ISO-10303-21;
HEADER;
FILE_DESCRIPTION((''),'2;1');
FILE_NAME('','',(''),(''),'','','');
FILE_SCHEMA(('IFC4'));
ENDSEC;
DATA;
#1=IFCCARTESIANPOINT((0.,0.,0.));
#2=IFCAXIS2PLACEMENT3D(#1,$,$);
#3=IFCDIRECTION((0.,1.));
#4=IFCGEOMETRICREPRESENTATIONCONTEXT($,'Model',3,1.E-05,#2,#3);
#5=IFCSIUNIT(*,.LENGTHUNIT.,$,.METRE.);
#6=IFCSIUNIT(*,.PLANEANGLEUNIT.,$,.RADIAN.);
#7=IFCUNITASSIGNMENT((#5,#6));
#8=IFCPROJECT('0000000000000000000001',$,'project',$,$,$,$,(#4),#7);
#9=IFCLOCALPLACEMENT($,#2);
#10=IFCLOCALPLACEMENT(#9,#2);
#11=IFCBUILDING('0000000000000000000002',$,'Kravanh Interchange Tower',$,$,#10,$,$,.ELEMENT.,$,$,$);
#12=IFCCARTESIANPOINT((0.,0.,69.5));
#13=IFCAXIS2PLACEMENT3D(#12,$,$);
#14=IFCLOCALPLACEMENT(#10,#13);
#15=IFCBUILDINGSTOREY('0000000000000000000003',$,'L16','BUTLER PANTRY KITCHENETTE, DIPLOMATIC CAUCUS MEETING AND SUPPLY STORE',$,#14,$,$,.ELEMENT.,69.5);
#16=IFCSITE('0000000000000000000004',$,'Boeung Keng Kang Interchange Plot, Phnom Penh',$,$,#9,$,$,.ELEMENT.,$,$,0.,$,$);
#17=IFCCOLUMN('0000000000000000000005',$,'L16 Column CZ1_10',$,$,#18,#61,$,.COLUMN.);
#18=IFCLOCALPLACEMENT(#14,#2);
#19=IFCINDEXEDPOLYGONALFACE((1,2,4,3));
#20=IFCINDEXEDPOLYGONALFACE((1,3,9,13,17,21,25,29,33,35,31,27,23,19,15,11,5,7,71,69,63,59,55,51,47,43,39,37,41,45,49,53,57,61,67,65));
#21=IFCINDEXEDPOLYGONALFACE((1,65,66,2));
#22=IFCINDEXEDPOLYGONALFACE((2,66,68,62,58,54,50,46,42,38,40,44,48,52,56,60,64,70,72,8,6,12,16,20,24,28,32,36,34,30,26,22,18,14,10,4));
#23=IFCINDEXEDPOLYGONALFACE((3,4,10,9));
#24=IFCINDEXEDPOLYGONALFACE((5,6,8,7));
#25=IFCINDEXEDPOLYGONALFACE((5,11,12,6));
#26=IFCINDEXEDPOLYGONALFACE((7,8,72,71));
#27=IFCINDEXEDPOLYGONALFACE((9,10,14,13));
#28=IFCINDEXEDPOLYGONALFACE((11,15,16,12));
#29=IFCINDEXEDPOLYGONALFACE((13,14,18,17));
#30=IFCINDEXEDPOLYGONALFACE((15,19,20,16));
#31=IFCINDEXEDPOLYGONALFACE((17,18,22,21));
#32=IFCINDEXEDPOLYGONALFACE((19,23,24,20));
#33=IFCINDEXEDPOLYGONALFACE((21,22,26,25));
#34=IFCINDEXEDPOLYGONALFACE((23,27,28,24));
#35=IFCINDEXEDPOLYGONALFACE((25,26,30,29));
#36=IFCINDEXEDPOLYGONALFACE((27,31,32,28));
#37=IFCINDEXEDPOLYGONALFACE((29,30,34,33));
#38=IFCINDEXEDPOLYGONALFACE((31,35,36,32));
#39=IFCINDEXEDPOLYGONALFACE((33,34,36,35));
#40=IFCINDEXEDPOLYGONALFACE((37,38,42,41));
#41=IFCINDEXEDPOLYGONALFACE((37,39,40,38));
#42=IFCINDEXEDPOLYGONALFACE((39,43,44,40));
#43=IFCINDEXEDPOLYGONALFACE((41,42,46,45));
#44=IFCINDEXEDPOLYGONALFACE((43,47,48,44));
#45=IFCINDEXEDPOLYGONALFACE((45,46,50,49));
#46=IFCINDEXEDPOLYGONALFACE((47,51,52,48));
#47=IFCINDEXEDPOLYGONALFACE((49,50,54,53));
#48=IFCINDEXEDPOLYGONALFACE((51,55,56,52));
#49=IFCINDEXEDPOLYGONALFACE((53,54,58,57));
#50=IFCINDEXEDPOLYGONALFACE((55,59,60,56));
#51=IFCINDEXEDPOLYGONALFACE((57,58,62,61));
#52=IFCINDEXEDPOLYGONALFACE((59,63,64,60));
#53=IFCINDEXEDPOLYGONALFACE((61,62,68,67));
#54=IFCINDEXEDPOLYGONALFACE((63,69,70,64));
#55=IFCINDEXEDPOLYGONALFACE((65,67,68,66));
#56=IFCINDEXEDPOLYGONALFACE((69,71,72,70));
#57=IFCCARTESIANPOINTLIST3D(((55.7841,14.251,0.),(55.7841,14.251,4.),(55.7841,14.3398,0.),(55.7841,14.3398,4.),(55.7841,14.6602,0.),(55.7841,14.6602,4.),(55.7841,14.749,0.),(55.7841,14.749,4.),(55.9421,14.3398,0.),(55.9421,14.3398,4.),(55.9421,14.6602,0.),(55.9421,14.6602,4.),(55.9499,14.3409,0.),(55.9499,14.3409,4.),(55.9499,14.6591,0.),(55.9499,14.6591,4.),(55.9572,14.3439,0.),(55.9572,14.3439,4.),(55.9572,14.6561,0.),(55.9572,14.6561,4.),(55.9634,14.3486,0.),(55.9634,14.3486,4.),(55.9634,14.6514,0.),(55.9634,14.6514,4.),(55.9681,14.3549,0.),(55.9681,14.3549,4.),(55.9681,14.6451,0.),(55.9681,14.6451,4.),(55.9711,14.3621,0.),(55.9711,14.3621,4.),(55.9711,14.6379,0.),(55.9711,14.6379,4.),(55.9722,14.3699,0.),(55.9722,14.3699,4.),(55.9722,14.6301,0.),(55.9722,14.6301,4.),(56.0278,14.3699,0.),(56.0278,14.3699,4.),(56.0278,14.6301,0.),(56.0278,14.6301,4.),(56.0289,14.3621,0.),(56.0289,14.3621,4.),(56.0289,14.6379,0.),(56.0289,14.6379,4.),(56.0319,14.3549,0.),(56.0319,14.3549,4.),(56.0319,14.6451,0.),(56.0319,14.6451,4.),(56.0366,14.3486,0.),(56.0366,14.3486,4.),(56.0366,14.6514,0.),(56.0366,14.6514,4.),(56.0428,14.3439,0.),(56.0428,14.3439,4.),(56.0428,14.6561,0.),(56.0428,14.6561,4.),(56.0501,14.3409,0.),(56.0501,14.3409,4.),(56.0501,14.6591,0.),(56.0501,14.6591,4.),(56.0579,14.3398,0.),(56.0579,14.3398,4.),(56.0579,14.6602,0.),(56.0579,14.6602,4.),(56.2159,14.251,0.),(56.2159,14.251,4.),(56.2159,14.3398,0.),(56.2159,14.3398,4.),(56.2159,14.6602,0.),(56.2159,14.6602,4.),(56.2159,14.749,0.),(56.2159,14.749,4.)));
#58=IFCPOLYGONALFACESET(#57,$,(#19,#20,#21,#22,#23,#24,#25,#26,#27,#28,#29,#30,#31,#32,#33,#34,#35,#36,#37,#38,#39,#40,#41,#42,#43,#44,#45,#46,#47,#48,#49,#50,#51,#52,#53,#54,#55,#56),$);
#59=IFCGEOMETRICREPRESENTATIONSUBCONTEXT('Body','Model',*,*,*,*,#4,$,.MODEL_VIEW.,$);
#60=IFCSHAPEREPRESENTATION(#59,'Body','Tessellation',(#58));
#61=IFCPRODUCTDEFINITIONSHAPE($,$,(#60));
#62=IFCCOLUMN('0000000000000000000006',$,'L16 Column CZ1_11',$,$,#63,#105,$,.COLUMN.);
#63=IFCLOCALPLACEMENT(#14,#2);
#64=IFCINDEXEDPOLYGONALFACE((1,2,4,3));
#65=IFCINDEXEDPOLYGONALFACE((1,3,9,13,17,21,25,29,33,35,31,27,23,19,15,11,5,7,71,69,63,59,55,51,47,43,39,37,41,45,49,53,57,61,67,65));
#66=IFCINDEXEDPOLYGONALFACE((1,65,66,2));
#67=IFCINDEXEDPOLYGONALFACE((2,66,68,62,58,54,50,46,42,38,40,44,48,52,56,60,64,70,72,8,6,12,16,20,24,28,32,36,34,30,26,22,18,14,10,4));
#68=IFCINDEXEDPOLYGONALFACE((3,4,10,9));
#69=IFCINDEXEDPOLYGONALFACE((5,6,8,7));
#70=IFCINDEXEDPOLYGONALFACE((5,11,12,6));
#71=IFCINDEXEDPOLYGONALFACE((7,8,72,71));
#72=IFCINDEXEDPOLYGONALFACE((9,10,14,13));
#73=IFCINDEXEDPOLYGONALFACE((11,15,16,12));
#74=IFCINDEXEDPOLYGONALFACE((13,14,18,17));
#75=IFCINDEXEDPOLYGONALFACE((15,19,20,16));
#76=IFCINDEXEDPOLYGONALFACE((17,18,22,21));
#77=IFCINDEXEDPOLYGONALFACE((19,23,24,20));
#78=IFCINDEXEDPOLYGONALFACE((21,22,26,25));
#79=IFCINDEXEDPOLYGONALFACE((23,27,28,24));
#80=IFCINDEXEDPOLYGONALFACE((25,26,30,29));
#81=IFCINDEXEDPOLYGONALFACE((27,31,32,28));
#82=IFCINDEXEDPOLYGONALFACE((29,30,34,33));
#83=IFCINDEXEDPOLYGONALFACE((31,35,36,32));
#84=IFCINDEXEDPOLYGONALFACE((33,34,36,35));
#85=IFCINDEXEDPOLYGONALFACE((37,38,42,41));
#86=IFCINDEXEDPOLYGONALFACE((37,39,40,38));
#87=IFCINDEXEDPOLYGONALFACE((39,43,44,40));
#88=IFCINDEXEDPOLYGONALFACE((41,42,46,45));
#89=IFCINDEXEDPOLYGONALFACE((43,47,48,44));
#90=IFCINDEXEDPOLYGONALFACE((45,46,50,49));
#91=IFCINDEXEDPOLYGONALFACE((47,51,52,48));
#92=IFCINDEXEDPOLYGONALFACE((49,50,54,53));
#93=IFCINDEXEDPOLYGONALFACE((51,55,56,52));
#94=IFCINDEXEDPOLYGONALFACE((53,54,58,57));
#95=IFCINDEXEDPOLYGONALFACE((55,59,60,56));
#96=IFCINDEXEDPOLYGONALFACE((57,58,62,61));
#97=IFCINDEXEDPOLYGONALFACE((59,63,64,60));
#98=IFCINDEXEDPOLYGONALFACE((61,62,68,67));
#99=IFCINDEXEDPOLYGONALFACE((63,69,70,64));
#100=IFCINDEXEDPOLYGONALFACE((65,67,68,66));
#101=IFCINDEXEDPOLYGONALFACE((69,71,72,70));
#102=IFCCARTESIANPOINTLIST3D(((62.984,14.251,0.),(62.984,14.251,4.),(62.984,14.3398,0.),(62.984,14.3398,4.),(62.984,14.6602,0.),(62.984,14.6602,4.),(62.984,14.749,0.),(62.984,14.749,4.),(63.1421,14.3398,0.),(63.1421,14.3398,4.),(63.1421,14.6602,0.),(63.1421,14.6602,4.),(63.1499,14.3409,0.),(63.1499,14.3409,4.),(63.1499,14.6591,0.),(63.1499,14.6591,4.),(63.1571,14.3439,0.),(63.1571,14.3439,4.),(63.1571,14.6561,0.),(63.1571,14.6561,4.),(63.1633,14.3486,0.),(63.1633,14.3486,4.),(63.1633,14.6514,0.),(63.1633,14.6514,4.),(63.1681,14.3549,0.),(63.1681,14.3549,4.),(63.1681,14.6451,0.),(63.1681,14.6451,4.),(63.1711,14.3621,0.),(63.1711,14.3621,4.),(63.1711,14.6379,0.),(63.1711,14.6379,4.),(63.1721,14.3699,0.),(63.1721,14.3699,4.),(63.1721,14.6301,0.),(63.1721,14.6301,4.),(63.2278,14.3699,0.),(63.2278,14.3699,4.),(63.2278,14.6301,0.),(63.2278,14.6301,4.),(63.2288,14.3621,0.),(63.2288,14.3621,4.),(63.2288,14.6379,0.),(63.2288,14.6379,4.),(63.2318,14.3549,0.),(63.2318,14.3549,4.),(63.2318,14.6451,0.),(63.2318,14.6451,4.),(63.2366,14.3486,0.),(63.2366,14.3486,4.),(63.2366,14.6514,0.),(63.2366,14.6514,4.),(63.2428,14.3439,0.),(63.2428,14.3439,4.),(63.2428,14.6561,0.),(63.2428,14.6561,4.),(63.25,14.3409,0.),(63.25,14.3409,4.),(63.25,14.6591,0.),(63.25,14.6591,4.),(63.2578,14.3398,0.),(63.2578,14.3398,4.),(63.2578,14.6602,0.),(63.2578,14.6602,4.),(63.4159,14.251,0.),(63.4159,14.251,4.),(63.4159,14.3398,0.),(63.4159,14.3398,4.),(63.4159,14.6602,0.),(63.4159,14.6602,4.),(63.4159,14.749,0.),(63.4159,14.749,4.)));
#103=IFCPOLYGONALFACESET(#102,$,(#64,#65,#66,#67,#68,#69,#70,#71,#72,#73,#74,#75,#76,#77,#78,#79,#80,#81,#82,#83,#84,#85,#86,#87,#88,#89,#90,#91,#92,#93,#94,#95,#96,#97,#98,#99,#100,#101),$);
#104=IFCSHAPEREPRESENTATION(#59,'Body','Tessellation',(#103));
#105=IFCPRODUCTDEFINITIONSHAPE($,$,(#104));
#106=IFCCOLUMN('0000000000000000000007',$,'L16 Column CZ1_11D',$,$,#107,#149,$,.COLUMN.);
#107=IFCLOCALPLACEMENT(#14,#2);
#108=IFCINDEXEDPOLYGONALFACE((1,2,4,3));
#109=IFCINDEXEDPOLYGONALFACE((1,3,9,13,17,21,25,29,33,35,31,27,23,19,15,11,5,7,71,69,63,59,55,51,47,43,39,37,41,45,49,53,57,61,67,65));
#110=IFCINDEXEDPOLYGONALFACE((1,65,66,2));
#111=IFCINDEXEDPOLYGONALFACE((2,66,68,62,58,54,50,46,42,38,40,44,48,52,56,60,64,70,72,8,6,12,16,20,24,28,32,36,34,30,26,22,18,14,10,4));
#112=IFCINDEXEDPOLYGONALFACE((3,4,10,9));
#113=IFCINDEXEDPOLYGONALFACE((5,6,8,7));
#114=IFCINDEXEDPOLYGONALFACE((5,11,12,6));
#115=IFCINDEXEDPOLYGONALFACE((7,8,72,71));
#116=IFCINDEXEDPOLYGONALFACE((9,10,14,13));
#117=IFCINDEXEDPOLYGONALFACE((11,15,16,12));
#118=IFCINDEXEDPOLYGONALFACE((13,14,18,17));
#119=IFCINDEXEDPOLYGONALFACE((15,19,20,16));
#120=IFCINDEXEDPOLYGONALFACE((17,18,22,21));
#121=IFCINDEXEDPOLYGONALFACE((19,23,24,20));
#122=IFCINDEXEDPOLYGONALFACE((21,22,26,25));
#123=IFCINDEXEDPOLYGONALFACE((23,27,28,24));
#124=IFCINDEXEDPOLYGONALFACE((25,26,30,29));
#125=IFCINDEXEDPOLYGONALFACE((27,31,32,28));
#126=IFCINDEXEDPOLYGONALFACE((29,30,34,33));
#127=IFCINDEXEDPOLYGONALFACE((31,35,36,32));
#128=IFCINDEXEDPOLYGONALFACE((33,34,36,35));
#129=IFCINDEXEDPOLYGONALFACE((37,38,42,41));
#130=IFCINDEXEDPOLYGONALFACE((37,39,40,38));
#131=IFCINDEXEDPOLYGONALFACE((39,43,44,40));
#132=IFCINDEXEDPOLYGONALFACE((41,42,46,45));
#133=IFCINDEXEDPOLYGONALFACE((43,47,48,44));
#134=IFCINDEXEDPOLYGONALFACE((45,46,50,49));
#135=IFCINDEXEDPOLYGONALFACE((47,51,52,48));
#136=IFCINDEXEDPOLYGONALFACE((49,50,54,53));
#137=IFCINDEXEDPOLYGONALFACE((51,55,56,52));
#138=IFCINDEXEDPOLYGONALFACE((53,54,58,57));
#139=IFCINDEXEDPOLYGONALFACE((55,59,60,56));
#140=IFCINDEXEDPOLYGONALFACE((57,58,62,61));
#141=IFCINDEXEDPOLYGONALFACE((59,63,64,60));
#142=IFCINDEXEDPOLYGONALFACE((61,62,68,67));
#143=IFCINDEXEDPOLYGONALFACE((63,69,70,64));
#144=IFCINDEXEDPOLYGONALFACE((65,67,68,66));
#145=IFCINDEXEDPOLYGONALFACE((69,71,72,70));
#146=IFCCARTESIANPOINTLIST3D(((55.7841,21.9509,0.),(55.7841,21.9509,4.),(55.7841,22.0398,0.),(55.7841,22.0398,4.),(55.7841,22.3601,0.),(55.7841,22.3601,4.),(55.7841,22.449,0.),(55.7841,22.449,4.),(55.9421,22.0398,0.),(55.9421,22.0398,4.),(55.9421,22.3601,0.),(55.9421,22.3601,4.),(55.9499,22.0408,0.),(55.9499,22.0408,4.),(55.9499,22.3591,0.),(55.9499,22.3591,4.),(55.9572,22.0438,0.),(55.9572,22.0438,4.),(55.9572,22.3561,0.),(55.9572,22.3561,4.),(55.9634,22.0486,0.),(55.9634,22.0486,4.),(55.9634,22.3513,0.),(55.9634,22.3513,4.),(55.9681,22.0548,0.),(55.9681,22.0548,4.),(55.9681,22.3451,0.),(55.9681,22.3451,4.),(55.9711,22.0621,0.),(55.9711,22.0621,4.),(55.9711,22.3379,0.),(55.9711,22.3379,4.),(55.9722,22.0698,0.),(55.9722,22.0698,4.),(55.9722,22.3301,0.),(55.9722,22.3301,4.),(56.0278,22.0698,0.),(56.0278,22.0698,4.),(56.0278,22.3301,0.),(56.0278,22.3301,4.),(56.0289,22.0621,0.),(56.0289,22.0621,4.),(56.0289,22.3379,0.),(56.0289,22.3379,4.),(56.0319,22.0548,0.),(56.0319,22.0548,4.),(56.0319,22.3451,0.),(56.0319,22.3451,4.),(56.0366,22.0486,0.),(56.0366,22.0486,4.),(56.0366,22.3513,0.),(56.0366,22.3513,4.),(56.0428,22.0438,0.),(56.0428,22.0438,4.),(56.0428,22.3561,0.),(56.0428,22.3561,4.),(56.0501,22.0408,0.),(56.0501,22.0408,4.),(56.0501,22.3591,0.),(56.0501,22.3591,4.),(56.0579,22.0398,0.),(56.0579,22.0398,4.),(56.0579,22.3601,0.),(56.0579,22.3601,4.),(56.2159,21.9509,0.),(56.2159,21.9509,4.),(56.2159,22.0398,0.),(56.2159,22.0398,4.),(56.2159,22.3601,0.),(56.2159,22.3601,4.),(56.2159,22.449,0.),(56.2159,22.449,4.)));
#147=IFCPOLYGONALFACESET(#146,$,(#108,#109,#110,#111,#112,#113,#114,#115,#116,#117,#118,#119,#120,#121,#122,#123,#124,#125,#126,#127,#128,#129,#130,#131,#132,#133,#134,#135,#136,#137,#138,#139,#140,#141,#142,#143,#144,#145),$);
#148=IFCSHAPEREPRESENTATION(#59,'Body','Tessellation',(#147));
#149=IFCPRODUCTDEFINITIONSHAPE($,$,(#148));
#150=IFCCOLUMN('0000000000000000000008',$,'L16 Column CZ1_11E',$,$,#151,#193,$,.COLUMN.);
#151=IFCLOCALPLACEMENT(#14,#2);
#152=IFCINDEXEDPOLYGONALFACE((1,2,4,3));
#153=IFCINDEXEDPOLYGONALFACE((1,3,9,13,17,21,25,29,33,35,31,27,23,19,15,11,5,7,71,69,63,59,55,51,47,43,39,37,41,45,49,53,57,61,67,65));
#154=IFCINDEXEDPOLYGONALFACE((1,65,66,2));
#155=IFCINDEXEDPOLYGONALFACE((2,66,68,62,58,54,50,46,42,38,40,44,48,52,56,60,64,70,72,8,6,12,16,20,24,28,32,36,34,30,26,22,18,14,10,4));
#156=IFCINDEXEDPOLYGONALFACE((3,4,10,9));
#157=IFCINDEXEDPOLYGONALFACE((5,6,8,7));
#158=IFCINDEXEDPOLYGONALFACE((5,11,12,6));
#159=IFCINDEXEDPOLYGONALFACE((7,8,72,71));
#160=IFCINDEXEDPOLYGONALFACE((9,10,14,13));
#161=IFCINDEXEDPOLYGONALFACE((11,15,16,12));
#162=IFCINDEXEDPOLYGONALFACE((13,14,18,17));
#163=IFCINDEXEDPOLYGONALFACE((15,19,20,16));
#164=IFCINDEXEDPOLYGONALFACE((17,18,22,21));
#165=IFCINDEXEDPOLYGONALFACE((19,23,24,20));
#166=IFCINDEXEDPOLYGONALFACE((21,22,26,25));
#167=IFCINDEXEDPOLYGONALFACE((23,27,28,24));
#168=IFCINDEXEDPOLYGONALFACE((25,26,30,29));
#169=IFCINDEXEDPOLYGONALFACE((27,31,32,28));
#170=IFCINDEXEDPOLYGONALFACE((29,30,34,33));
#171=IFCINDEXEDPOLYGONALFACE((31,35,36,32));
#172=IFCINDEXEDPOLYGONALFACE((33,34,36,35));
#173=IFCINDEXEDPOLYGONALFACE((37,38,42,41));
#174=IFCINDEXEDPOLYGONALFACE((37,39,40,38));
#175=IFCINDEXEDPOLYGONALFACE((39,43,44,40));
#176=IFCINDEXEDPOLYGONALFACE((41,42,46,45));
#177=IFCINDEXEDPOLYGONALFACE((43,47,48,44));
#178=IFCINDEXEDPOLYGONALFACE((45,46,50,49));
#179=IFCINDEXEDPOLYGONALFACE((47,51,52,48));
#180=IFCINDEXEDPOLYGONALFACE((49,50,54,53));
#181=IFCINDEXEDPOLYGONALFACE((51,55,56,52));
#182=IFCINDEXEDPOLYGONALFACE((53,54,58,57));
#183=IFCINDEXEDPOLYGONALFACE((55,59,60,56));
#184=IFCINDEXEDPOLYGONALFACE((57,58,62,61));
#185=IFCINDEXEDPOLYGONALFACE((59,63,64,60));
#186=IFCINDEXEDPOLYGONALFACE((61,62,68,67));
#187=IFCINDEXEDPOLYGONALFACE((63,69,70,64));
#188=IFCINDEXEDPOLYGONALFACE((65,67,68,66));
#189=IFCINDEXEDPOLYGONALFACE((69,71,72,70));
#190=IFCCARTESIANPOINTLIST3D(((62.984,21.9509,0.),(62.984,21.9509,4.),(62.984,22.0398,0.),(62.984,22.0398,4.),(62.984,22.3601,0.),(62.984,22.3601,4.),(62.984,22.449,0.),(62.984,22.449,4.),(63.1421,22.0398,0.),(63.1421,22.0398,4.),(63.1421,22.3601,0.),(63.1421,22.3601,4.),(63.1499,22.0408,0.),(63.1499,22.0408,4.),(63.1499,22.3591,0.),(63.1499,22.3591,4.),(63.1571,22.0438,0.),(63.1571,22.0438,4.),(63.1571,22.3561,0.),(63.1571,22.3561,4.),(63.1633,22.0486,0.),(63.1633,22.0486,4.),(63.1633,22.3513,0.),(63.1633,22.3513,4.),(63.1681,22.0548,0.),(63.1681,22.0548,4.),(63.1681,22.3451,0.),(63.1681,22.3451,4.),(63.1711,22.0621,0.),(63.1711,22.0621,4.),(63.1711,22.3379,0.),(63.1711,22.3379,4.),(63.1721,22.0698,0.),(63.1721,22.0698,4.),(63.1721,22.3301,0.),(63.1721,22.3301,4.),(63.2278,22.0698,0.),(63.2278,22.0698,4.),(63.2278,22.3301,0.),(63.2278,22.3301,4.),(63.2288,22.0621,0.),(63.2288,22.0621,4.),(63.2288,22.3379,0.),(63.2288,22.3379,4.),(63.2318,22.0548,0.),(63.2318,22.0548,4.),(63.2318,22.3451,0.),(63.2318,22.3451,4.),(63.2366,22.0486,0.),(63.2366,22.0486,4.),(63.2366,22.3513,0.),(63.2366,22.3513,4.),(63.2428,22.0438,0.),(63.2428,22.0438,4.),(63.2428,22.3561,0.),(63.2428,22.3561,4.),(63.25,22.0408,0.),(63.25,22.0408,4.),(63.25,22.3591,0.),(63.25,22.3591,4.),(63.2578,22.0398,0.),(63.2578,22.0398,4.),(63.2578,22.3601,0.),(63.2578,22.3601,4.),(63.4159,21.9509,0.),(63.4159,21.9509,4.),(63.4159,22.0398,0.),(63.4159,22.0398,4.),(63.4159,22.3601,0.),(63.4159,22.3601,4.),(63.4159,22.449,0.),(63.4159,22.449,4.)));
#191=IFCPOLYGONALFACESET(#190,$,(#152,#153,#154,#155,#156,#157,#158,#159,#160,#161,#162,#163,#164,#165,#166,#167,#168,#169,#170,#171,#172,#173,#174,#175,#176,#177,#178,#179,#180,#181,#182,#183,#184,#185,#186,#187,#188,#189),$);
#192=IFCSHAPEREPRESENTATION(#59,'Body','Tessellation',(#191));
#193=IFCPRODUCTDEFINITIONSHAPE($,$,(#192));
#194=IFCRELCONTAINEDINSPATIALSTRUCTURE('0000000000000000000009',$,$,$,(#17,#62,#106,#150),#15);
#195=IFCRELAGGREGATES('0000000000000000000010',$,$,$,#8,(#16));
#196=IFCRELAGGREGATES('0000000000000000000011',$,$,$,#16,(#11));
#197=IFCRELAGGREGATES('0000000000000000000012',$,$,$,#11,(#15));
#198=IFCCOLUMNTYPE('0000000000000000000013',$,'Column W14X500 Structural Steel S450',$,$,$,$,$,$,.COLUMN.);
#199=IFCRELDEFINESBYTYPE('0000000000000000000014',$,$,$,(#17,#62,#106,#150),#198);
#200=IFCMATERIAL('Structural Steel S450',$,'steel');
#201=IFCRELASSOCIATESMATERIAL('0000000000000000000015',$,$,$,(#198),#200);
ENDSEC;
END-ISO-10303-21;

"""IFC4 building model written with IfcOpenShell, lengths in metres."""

from ifc_helpers import new_model, si_unit, direction, frame, origin, origin_2d, place, context, subcontext, project, spatial, i_section, extrude, material, material_profile, profile_set, type_object, element, save


model = new_model("IFC4")

# Units and contexts
model_context = context("Model", 3, precision=1e-05, world=origin(), true_north=direction((0.0, 1.0)))
body_context = subcontext(model_context, "Body", "Model", "MODEL_VIEW")
ifc_project = project(units=[si_unit("LENGTHUNIT", "METRE"), si_unit("PLANEANGLEUNIT", "RADIAN")], contexts=[model_context])

# Site, building, storey
site_placement = place(None, origin())
site = spatial("IfcSite", under=ifc_project, at=site_placement, Name="Boeung Keng Kang Interchange Plot, Phnom Penh", CompositionType="ELEMENT", RefElevation=0.0)
building_placement = place(site_placement, origin())
building = spatial("IfcBuilding", under=site, at=building_placement, Name="Kravanh Interchange Tower", CompositionType="ELEMENT")
storey_placement = place(building_placement, frame((0.0, 0.0, 69.5)))
storey = spatial("IfcBuildingStorey", under=building, at=storey_placement, Name="L16", Description="BUTLER PANTRY KITCHENETTE, DIPLOMATIC CAUCUS MEETING AND SUPPLY STORE", CompositionType="ELEMENT", Elevation=69.5)

# Columns
ifc_material_1 = material(Name="Structural Steel S450", Category="steel")
ifc_material_profile_1 = material_profile(ifc_material_1, i_section(OverallWidth=0.4319, OverallDepth=0.498, WebThickness=0.0557, FlangeThickness=0.0889, FilletRadius=0.03, at=origin_2d()), Name="W14X500")
ifc_profile_set_1 = profile_set([ifc_material_profile_1], Name="Structural Steel S450")
column_type = type_object("IfcColumnType", Name="Column W14X500 Structural Steel S450", PredefinedType="COLUMN", material=ifc_profile_set_1)
for number, where, z_axis, x_axis, name in (
    (1, (56.0, 14.5, 0.0), (0.0, 0.0, 1.0), (1.0, 0.0, 0.0), "L16 Column CZ1_10"),
    (2, (63.2, 14.5, 0.0), (0.0, 0.0, 1.0), (1.0, 0.0, 0.0), "L16 Column CZ1_11"),
    (3, (56.0, 22.2, 0.0), (0.0, 0.0, 1.0), (1.0, 0.0, 0.0), "L16 Column CZ1_11D"),
    (4, (63.2, 22.2, 0.0), (0.0, 0.0, 1.0), (1.0, 0.0, 0.0), "L16 Column CZ1_11E"),
):
    element("IfcColumn", number, at=place(storey_placement, frame(where, z_axis=z_axis, x_axis=x_axis)), inside=storey, type_object=column_type, Name=name, PredefinedType="COLUMN", context=body_context, shape_type="SweptSolid", body=[
        extrude(i_section(OverallWidth=0.4319, OverallDepth=0.498, WebThickness=0.0557, FlangeThickness=0.0889, FilletRadius=0.03, at=origin_2d()), origin(), (0.0, 0.0, 1.0), 4.0),
    ])

save(model, "model.ifc")
